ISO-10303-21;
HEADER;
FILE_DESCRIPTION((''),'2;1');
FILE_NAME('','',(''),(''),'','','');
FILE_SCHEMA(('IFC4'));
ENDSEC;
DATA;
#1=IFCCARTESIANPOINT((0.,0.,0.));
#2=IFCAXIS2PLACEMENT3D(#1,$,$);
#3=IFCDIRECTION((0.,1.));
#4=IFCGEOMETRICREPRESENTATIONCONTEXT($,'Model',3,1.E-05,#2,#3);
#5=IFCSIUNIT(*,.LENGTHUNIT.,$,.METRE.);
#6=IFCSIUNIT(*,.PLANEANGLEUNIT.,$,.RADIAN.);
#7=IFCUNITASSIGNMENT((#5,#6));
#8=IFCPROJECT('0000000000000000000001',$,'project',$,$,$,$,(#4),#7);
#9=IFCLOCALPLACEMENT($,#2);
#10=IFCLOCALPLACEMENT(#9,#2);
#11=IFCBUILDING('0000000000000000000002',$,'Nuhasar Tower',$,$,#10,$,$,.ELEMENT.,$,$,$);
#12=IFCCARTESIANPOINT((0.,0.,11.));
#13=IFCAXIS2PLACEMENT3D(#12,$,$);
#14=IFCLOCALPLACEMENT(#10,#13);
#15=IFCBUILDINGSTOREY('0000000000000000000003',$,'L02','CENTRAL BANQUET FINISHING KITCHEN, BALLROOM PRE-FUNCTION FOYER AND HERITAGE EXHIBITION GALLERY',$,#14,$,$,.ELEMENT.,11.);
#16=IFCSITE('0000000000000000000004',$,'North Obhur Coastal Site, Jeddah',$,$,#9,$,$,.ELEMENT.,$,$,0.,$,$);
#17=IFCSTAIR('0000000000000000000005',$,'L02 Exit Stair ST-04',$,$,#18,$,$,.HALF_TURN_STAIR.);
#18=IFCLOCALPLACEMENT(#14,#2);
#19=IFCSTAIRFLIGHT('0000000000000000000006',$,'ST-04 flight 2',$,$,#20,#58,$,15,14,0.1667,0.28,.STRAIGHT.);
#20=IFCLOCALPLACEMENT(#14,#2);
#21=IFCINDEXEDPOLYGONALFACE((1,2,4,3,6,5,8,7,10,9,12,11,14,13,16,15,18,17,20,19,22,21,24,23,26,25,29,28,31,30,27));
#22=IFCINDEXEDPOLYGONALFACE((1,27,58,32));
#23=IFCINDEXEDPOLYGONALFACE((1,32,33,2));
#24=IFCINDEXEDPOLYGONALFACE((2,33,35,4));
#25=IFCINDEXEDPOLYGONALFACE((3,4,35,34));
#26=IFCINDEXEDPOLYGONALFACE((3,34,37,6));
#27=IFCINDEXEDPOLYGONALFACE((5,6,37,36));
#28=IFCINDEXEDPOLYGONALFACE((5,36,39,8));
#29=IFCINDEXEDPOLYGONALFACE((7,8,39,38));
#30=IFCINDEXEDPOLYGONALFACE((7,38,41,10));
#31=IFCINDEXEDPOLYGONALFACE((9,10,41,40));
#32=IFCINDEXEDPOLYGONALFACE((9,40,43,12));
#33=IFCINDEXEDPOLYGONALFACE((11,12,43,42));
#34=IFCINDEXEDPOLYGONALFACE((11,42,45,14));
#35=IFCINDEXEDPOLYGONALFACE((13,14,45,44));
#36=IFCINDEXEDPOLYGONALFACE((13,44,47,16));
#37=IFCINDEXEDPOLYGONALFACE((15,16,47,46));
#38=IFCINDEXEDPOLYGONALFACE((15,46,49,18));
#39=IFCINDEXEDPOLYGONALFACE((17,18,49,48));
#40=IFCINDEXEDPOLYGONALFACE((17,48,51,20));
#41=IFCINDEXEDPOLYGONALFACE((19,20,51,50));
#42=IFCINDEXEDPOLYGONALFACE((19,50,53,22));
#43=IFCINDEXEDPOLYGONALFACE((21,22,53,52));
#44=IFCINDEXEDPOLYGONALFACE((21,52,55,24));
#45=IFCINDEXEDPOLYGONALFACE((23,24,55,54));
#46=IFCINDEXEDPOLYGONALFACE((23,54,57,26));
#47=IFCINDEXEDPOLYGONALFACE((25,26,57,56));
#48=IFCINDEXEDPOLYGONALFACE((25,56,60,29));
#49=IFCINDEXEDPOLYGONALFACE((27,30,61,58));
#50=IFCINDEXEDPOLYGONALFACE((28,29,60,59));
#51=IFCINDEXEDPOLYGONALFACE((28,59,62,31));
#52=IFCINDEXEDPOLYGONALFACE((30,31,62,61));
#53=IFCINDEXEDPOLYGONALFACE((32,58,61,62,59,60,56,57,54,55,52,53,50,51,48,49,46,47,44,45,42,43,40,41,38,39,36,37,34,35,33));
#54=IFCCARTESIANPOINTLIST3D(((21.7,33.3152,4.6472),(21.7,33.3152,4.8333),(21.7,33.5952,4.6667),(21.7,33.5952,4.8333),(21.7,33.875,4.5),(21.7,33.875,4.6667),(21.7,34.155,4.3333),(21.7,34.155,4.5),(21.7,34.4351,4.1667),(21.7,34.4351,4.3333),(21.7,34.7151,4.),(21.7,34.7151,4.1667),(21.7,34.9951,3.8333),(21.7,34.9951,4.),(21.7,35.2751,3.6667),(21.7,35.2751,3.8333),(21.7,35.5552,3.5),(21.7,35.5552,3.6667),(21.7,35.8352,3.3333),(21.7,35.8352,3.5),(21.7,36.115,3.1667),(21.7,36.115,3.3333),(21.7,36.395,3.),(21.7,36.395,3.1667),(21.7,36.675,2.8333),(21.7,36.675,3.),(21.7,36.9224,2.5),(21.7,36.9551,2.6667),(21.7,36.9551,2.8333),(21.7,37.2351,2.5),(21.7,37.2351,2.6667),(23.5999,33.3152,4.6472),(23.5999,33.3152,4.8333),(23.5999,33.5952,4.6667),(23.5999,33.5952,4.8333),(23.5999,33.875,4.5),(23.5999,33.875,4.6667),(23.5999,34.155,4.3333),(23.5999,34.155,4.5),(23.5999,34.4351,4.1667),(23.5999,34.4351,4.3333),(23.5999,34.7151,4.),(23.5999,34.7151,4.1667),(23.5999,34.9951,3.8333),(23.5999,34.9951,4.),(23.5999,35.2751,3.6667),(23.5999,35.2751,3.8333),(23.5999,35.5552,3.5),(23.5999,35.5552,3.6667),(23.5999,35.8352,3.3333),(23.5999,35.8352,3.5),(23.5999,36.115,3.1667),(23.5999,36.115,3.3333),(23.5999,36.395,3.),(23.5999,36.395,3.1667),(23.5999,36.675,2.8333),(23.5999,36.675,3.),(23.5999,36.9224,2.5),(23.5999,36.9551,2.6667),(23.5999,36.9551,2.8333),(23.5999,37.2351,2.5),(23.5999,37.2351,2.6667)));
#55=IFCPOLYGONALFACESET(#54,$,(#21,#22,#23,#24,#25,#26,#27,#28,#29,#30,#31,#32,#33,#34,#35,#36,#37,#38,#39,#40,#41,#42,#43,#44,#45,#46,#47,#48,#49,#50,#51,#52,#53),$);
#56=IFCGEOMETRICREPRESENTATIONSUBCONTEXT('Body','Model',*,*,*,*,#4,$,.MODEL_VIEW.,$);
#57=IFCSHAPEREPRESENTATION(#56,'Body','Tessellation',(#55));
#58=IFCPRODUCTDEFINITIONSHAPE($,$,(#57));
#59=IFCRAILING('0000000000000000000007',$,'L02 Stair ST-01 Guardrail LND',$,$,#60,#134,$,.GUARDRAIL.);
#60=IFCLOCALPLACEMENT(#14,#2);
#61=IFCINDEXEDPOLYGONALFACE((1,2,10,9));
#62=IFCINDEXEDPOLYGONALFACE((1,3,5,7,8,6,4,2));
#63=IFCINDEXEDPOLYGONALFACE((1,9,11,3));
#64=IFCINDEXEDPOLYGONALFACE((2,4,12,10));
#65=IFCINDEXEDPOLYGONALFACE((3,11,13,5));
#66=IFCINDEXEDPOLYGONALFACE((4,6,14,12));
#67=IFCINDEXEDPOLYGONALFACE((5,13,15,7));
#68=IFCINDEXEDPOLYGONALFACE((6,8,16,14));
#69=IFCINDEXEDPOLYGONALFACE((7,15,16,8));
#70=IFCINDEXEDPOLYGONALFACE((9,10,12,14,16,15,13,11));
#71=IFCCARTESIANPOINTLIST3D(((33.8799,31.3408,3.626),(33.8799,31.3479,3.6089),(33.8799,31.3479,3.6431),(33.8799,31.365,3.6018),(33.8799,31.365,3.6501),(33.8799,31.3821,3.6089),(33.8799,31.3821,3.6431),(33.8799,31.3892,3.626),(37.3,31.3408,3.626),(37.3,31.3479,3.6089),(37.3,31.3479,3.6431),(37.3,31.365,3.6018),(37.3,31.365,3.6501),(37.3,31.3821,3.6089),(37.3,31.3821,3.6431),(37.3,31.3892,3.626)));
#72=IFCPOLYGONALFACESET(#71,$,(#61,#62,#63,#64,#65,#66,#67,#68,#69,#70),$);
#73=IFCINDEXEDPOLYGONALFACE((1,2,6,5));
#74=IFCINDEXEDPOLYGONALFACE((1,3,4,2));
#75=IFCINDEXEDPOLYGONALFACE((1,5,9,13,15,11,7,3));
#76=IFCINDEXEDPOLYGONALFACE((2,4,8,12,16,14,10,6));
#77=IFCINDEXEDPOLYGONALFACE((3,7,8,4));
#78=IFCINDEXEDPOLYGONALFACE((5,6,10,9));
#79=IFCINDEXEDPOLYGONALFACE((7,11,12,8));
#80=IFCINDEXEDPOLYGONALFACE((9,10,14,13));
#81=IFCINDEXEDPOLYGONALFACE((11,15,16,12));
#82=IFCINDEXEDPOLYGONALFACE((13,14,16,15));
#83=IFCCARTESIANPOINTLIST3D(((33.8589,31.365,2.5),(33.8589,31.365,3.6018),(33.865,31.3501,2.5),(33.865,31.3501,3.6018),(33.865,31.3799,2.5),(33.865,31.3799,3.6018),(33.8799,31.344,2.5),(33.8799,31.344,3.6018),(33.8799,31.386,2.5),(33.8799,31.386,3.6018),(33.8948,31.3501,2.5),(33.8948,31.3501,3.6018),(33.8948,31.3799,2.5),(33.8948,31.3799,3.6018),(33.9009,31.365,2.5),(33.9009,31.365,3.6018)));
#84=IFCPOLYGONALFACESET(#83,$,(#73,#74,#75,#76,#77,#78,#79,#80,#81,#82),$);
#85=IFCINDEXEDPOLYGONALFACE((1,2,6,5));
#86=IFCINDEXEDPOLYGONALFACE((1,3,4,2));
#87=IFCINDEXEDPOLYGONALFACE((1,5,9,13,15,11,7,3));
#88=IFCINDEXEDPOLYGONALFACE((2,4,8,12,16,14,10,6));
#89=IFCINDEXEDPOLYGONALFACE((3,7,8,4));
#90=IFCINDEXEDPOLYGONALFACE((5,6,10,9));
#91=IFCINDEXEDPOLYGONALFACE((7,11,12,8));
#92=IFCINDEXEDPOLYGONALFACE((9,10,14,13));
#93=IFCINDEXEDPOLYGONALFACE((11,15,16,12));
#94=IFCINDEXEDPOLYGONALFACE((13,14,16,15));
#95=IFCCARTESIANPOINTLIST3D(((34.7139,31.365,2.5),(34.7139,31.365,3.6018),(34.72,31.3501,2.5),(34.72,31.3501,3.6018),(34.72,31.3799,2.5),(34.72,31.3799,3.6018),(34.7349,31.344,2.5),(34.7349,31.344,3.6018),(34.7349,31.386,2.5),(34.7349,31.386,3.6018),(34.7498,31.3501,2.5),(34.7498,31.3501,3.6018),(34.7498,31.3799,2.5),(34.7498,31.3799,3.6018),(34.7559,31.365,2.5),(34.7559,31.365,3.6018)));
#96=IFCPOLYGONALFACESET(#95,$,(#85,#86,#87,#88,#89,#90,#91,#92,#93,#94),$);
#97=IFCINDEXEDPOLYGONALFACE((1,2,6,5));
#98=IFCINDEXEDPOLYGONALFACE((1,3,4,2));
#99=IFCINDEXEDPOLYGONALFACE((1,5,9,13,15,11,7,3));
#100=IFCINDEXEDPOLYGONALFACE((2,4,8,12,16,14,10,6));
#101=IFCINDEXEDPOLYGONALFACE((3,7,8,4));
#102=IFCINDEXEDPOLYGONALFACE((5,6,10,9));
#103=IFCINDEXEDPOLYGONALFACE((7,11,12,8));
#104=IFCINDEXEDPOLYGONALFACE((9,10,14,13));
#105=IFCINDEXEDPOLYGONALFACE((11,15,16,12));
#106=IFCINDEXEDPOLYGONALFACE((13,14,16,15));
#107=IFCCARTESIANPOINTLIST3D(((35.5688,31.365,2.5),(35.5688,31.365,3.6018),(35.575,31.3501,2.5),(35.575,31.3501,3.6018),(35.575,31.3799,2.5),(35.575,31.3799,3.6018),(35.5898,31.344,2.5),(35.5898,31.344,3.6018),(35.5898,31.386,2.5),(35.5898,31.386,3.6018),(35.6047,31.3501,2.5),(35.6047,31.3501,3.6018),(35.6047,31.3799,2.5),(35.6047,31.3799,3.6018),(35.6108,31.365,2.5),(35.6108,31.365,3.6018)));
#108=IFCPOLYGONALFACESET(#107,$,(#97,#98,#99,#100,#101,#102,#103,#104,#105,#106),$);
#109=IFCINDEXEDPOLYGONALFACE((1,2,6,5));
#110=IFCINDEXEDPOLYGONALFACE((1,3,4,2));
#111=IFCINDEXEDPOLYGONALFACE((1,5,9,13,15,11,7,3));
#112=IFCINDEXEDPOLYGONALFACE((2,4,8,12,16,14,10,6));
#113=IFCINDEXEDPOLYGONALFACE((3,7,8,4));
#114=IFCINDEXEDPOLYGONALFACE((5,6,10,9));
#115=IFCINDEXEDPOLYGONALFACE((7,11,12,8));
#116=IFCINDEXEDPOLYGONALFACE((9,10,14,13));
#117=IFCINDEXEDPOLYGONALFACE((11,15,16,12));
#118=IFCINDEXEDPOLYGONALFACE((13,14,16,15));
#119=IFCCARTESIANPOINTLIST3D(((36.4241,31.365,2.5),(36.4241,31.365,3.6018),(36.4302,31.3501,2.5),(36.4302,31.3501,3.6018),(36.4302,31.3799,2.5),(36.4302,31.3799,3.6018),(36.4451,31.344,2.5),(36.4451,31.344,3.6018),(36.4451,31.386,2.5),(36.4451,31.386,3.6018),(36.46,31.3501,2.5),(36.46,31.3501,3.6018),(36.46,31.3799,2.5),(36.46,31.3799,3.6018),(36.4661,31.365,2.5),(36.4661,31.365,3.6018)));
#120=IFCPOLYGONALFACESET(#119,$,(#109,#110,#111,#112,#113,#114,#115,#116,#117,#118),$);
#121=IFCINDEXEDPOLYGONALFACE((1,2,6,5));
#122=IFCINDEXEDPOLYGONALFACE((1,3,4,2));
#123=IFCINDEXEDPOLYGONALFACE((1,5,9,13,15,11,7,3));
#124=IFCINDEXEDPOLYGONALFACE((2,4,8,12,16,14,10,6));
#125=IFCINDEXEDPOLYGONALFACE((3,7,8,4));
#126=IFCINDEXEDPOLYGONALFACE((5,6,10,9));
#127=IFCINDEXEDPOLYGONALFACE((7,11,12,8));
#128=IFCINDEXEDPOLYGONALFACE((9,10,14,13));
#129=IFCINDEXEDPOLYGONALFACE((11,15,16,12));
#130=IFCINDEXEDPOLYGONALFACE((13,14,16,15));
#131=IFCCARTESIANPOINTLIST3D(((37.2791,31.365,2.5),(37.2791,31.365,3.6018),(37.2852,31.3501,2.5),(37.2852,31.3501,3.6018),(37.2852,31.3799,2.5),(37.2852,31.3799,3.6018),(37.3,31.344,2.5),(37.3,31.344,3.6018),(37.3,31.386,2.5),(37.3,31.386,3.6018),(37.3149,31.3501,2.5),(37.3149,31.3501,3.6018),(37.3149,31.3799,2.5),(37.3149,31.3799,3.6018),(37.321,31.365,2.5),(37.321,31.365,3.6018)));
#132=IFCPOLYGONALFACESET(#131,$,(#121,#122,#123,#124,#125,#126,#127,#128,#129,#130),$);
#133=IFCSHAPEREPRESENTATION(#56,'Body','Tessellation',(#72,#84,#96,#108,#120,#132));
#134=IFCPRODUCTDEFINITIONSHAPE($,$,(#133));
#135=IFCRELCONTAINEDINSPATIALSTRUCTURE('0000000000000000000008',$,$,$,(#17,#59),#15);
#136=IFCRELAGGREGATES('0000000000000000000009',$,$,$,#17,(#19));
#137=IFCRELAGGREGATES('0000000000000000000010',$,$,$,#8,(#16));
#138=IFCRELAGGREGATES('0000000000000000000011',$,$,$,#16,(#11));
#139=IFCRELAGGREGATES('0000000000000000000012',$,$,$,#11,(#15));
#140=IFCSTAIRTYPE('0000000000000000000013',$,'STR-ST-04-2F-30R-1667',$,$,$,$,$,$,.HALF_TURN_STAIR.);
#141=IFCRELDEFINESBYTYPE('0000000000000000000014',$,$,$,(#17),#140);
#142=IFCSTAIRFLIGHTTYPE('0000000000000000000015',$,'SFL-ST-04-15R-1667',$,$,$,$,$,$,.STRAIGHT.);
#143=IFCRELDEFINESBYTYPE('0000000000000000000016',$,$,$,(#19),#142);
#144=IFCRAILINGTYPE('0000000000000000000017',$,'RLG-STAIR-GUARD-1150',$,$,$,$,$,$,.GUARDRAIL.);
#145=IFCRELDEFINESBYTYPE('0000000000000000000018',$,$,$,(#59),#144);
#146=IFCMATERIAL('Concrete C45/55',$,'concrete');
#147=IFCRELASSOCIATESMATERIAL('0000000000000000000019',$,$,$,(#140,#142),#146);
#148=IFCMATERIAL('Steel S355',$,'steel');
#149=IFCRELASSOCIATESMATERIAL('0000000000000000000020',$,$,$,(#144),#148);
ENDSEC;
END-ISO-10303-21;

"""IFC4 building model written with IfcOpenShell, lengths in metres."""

from ifc_helpers import new_model, si_unit, direction, frame, origin, place, context, subcontext, project, spatial, polyline, outline, extrude, material, type_object, element, aggregate, save


model = new_model("IFC4")

# Units and contexts
model_context = context("Model", 3, precision=1e-05, world=origin(), true_north=direction((0.0, 1.0)))
body_context = subcontext(model_context, "Body", "Model", "MODEL_VIEW")
ifc_project = project(units=[si_unit("LENGTHUNIT", "METRE"), si_unit("PLANEANGLEUNIT", "RADIAN")], contexts=[model_context])

# Site, building, storey
site_placement = place(None, origin())
site = spatial("IfcSite", under=ifc_project, at=site_placement, Name="North Obhur Coastal Site, Jeddah", CompositionType="ELEMENT", RefElevation=0.0)
building_placement = place(site_placement, origin())
building = spatial("IfcBuilding", under=site, at=building_placement, Name="Nuhasar Tower", CompositionType="ELEMENT")
storey_placement = place(building_placement, frame((0.0, 0.0, 11.0)))
storey = spatial("IfcBuildingStorey", under=building, at=storey_placement, Name="L02", Description="CENTRAL BANQUET FINISHING KITCHEN, BALLROOM PRE-FUNCTION FOYER AND HERITAGE EXHIBITION GALLERY", CompositionType="ELEMENT", Elevation=11.0)

# Shared definitions
ifc_material_1 = material(Name="Steel S355", Category="steel")

# Shared definitions
ifc_material_2 = material(Name="Concrete C45/55", Category="concrete")

# Stair, stair flight
stair_type_1 = type_object("IfcStairType", Name="STR-ST-04-2F-30R-1667", PredefinedType="HALF_TURN_STAIR", material=ifc_material_2)
stair_1_placement = place(storey_placement, origin())
stair_1 = element("IfcStair", 1, at=stair_1_placement, inside=storey, type_object=stair_type_1, Name="L02 Exit Stair ST-04", PredefinedType="HALF_TURN_STAIR")
stair_flight_type_1 = type_object("IfcStairFlightType", Name="SFL-ST-04-15R-1667", PredefinedType="STRAIGHT", material=ifc_material_2)
stair_flight_1_placement = place(storey_placement, frame((22.6499, 37.2351, 2.5), z_axis=(0.0, 0.0, 1.0), x_axis=(0.0, -1.0, 0.0)))
stair_flight_1 = element("IfcStairFlight", 2, at=stair_flight_1_placement, type_object=stair_flight_type_1, Name="ST-04 flight 2", NumberOfRisers=15, NumberOfTreads=14, PredefinedType="STRAIGHT", RiserHeight=0.1667, TreadLength=0.28, context=body_context, shape_type="SweptSolid", body=[
    extrude(outline(polyline([(0.0, 0.0), (0.0, 0.1667), (0.28, 0.1667), (0.28, 0.3333), (0.5601, 0.3333), (0.5601, 0.5), (0.8401, 0.5), (0.8401, 0.6667), (1.1201, 0.6667), (1.1201, 0.8333), (1.3999, 0.8333), (1.3999, 1.0), (1.6799, 1.0), (1.6799, 1.1667), (1.96, 1.1667), (1.96, 1.3333), (2.24, 1.3333), (2.24, 1.5), (2.52, 1.5), (2.52, 1.6667), (2.8, 1.6667), (2.8, 1.8333), (3.0801, 1.8333), (3.0801, 2.0), (3.3601, 2.0), (3.3601, 2.1667), (3.6399, 2.1667), (3.6399, 2.3333), (3.9199, 2.3333), (3.9199, 2.5), (3.9199, 2.1472), (0.3127, 0.0), (0.0, 0.0)])), frame((0.0, 0.95, 0.0), z_axis=(0.0, -1.0, 0.0), x_axis=(1.0, 0.0, 0.0)), (0.0, 0.0, 1.0), 1.8999),
])
aggregate(stair_1, [stair_flight_1])

# Railing
railing_type_1 = type_object("IfcRailingType", Name="RLG-STAIR-GUARD-1150", PredefinedType="GUARDRAIL", material=ifc_material_1)
railing_1_placement = place(storey_placement, frame((33.8799, 31.365, 2.5)))
element("IfcRailing", 3, at=railing_1_placement, inside=storey, type_object=railing_type_1, Name="L02 Stair ST-01 Guardrail LND", PredefinedType="GUARDRAIL", context=body_context, shape_type="SweptSolid", body=[
    extrude(outline(polyline([(0.0242, 0.0), (0.0171, 0.0171), (0.0, 0.0242), (-0.0171, 0.0171), (-0.0242, 0.0), (-0.0171, -0.0171), (0.0, -0.0242), (0.0171, -0.0171), (0.0242, 0.0)])), frame((0.0, 0.0, 1.126), z_axis=(1.0, 0.0, 0.0), x_axis=(0.0, 1.0, 0.0)), (0.0, 0.0, 1.0), 3.4202),
    extrude(outline(polyline([(0.021, 0.0), (0.0149, 0.0149), (0.0, 0.021), (-0.0149, 0.0149), (-0.021, 0.0), (-0.0149, -0.0149), (0.0, -0.021), (0.0149, -0.0149), (0.021, 0.0)])), origin(), (0.0, 0.0, 1.0), 1.1018),
    extrude(outline(polyline([(0.021, 0.0), (0.0149, 0.0149), (0.0, 0.021), (-0.0149, 0.0149), (-0.021, 0.0), (-0.0149, -0.0149), (0.0, -0.021), (0.0149, -0.0149), (0.021, 0.0)])), frame((0.855, 0.0, 0.0)), (0.0, 0.0, 1.0), 1.1018),
    extrude(outline(polyline([(0.021, 0.0), (0.0149, 0.0149), (0.0, 0.021), (-0.0149, 0.0149), (-0.021, 0.0), (-0.0149, -0.0149), (0.0, -0.021), (0.0149, -0.0149), (0.021, 0.0)])), frame((1.71, 0.0, 0.0)), (0.0, 0.0, 1.0), 1.1018),
    extrude(outline(polyline([(0.021, 0.0), (0.0149, 0.0149), (0.0, 0.021), (-0.0149, 0.0149), (-0.021, 0.0), (-0.0149, -0.0149), (0.0, -0.021), (0.0149, -0.0149), (0.021, 0.0)])), frame((2.5652, 0.0, 0.0)), (0.0, 0.0, 1.0), 1.1018),
    extrude(outline(polyline([(0.021, 0.0), (0.0149, 0.0149), (0.0, 0.021), (-0.0149, 0.0149), (-0.021, 0.0), (-0.0149, -0.0149), (0.0, -0.021), (0.0149, -0.0149), (0.021, 0.0)])), frame((3.4202, 0.0, 0.0)), (0.0, 0.0, 1.0), 1.1018),
])

save(model, "model.ifc")
